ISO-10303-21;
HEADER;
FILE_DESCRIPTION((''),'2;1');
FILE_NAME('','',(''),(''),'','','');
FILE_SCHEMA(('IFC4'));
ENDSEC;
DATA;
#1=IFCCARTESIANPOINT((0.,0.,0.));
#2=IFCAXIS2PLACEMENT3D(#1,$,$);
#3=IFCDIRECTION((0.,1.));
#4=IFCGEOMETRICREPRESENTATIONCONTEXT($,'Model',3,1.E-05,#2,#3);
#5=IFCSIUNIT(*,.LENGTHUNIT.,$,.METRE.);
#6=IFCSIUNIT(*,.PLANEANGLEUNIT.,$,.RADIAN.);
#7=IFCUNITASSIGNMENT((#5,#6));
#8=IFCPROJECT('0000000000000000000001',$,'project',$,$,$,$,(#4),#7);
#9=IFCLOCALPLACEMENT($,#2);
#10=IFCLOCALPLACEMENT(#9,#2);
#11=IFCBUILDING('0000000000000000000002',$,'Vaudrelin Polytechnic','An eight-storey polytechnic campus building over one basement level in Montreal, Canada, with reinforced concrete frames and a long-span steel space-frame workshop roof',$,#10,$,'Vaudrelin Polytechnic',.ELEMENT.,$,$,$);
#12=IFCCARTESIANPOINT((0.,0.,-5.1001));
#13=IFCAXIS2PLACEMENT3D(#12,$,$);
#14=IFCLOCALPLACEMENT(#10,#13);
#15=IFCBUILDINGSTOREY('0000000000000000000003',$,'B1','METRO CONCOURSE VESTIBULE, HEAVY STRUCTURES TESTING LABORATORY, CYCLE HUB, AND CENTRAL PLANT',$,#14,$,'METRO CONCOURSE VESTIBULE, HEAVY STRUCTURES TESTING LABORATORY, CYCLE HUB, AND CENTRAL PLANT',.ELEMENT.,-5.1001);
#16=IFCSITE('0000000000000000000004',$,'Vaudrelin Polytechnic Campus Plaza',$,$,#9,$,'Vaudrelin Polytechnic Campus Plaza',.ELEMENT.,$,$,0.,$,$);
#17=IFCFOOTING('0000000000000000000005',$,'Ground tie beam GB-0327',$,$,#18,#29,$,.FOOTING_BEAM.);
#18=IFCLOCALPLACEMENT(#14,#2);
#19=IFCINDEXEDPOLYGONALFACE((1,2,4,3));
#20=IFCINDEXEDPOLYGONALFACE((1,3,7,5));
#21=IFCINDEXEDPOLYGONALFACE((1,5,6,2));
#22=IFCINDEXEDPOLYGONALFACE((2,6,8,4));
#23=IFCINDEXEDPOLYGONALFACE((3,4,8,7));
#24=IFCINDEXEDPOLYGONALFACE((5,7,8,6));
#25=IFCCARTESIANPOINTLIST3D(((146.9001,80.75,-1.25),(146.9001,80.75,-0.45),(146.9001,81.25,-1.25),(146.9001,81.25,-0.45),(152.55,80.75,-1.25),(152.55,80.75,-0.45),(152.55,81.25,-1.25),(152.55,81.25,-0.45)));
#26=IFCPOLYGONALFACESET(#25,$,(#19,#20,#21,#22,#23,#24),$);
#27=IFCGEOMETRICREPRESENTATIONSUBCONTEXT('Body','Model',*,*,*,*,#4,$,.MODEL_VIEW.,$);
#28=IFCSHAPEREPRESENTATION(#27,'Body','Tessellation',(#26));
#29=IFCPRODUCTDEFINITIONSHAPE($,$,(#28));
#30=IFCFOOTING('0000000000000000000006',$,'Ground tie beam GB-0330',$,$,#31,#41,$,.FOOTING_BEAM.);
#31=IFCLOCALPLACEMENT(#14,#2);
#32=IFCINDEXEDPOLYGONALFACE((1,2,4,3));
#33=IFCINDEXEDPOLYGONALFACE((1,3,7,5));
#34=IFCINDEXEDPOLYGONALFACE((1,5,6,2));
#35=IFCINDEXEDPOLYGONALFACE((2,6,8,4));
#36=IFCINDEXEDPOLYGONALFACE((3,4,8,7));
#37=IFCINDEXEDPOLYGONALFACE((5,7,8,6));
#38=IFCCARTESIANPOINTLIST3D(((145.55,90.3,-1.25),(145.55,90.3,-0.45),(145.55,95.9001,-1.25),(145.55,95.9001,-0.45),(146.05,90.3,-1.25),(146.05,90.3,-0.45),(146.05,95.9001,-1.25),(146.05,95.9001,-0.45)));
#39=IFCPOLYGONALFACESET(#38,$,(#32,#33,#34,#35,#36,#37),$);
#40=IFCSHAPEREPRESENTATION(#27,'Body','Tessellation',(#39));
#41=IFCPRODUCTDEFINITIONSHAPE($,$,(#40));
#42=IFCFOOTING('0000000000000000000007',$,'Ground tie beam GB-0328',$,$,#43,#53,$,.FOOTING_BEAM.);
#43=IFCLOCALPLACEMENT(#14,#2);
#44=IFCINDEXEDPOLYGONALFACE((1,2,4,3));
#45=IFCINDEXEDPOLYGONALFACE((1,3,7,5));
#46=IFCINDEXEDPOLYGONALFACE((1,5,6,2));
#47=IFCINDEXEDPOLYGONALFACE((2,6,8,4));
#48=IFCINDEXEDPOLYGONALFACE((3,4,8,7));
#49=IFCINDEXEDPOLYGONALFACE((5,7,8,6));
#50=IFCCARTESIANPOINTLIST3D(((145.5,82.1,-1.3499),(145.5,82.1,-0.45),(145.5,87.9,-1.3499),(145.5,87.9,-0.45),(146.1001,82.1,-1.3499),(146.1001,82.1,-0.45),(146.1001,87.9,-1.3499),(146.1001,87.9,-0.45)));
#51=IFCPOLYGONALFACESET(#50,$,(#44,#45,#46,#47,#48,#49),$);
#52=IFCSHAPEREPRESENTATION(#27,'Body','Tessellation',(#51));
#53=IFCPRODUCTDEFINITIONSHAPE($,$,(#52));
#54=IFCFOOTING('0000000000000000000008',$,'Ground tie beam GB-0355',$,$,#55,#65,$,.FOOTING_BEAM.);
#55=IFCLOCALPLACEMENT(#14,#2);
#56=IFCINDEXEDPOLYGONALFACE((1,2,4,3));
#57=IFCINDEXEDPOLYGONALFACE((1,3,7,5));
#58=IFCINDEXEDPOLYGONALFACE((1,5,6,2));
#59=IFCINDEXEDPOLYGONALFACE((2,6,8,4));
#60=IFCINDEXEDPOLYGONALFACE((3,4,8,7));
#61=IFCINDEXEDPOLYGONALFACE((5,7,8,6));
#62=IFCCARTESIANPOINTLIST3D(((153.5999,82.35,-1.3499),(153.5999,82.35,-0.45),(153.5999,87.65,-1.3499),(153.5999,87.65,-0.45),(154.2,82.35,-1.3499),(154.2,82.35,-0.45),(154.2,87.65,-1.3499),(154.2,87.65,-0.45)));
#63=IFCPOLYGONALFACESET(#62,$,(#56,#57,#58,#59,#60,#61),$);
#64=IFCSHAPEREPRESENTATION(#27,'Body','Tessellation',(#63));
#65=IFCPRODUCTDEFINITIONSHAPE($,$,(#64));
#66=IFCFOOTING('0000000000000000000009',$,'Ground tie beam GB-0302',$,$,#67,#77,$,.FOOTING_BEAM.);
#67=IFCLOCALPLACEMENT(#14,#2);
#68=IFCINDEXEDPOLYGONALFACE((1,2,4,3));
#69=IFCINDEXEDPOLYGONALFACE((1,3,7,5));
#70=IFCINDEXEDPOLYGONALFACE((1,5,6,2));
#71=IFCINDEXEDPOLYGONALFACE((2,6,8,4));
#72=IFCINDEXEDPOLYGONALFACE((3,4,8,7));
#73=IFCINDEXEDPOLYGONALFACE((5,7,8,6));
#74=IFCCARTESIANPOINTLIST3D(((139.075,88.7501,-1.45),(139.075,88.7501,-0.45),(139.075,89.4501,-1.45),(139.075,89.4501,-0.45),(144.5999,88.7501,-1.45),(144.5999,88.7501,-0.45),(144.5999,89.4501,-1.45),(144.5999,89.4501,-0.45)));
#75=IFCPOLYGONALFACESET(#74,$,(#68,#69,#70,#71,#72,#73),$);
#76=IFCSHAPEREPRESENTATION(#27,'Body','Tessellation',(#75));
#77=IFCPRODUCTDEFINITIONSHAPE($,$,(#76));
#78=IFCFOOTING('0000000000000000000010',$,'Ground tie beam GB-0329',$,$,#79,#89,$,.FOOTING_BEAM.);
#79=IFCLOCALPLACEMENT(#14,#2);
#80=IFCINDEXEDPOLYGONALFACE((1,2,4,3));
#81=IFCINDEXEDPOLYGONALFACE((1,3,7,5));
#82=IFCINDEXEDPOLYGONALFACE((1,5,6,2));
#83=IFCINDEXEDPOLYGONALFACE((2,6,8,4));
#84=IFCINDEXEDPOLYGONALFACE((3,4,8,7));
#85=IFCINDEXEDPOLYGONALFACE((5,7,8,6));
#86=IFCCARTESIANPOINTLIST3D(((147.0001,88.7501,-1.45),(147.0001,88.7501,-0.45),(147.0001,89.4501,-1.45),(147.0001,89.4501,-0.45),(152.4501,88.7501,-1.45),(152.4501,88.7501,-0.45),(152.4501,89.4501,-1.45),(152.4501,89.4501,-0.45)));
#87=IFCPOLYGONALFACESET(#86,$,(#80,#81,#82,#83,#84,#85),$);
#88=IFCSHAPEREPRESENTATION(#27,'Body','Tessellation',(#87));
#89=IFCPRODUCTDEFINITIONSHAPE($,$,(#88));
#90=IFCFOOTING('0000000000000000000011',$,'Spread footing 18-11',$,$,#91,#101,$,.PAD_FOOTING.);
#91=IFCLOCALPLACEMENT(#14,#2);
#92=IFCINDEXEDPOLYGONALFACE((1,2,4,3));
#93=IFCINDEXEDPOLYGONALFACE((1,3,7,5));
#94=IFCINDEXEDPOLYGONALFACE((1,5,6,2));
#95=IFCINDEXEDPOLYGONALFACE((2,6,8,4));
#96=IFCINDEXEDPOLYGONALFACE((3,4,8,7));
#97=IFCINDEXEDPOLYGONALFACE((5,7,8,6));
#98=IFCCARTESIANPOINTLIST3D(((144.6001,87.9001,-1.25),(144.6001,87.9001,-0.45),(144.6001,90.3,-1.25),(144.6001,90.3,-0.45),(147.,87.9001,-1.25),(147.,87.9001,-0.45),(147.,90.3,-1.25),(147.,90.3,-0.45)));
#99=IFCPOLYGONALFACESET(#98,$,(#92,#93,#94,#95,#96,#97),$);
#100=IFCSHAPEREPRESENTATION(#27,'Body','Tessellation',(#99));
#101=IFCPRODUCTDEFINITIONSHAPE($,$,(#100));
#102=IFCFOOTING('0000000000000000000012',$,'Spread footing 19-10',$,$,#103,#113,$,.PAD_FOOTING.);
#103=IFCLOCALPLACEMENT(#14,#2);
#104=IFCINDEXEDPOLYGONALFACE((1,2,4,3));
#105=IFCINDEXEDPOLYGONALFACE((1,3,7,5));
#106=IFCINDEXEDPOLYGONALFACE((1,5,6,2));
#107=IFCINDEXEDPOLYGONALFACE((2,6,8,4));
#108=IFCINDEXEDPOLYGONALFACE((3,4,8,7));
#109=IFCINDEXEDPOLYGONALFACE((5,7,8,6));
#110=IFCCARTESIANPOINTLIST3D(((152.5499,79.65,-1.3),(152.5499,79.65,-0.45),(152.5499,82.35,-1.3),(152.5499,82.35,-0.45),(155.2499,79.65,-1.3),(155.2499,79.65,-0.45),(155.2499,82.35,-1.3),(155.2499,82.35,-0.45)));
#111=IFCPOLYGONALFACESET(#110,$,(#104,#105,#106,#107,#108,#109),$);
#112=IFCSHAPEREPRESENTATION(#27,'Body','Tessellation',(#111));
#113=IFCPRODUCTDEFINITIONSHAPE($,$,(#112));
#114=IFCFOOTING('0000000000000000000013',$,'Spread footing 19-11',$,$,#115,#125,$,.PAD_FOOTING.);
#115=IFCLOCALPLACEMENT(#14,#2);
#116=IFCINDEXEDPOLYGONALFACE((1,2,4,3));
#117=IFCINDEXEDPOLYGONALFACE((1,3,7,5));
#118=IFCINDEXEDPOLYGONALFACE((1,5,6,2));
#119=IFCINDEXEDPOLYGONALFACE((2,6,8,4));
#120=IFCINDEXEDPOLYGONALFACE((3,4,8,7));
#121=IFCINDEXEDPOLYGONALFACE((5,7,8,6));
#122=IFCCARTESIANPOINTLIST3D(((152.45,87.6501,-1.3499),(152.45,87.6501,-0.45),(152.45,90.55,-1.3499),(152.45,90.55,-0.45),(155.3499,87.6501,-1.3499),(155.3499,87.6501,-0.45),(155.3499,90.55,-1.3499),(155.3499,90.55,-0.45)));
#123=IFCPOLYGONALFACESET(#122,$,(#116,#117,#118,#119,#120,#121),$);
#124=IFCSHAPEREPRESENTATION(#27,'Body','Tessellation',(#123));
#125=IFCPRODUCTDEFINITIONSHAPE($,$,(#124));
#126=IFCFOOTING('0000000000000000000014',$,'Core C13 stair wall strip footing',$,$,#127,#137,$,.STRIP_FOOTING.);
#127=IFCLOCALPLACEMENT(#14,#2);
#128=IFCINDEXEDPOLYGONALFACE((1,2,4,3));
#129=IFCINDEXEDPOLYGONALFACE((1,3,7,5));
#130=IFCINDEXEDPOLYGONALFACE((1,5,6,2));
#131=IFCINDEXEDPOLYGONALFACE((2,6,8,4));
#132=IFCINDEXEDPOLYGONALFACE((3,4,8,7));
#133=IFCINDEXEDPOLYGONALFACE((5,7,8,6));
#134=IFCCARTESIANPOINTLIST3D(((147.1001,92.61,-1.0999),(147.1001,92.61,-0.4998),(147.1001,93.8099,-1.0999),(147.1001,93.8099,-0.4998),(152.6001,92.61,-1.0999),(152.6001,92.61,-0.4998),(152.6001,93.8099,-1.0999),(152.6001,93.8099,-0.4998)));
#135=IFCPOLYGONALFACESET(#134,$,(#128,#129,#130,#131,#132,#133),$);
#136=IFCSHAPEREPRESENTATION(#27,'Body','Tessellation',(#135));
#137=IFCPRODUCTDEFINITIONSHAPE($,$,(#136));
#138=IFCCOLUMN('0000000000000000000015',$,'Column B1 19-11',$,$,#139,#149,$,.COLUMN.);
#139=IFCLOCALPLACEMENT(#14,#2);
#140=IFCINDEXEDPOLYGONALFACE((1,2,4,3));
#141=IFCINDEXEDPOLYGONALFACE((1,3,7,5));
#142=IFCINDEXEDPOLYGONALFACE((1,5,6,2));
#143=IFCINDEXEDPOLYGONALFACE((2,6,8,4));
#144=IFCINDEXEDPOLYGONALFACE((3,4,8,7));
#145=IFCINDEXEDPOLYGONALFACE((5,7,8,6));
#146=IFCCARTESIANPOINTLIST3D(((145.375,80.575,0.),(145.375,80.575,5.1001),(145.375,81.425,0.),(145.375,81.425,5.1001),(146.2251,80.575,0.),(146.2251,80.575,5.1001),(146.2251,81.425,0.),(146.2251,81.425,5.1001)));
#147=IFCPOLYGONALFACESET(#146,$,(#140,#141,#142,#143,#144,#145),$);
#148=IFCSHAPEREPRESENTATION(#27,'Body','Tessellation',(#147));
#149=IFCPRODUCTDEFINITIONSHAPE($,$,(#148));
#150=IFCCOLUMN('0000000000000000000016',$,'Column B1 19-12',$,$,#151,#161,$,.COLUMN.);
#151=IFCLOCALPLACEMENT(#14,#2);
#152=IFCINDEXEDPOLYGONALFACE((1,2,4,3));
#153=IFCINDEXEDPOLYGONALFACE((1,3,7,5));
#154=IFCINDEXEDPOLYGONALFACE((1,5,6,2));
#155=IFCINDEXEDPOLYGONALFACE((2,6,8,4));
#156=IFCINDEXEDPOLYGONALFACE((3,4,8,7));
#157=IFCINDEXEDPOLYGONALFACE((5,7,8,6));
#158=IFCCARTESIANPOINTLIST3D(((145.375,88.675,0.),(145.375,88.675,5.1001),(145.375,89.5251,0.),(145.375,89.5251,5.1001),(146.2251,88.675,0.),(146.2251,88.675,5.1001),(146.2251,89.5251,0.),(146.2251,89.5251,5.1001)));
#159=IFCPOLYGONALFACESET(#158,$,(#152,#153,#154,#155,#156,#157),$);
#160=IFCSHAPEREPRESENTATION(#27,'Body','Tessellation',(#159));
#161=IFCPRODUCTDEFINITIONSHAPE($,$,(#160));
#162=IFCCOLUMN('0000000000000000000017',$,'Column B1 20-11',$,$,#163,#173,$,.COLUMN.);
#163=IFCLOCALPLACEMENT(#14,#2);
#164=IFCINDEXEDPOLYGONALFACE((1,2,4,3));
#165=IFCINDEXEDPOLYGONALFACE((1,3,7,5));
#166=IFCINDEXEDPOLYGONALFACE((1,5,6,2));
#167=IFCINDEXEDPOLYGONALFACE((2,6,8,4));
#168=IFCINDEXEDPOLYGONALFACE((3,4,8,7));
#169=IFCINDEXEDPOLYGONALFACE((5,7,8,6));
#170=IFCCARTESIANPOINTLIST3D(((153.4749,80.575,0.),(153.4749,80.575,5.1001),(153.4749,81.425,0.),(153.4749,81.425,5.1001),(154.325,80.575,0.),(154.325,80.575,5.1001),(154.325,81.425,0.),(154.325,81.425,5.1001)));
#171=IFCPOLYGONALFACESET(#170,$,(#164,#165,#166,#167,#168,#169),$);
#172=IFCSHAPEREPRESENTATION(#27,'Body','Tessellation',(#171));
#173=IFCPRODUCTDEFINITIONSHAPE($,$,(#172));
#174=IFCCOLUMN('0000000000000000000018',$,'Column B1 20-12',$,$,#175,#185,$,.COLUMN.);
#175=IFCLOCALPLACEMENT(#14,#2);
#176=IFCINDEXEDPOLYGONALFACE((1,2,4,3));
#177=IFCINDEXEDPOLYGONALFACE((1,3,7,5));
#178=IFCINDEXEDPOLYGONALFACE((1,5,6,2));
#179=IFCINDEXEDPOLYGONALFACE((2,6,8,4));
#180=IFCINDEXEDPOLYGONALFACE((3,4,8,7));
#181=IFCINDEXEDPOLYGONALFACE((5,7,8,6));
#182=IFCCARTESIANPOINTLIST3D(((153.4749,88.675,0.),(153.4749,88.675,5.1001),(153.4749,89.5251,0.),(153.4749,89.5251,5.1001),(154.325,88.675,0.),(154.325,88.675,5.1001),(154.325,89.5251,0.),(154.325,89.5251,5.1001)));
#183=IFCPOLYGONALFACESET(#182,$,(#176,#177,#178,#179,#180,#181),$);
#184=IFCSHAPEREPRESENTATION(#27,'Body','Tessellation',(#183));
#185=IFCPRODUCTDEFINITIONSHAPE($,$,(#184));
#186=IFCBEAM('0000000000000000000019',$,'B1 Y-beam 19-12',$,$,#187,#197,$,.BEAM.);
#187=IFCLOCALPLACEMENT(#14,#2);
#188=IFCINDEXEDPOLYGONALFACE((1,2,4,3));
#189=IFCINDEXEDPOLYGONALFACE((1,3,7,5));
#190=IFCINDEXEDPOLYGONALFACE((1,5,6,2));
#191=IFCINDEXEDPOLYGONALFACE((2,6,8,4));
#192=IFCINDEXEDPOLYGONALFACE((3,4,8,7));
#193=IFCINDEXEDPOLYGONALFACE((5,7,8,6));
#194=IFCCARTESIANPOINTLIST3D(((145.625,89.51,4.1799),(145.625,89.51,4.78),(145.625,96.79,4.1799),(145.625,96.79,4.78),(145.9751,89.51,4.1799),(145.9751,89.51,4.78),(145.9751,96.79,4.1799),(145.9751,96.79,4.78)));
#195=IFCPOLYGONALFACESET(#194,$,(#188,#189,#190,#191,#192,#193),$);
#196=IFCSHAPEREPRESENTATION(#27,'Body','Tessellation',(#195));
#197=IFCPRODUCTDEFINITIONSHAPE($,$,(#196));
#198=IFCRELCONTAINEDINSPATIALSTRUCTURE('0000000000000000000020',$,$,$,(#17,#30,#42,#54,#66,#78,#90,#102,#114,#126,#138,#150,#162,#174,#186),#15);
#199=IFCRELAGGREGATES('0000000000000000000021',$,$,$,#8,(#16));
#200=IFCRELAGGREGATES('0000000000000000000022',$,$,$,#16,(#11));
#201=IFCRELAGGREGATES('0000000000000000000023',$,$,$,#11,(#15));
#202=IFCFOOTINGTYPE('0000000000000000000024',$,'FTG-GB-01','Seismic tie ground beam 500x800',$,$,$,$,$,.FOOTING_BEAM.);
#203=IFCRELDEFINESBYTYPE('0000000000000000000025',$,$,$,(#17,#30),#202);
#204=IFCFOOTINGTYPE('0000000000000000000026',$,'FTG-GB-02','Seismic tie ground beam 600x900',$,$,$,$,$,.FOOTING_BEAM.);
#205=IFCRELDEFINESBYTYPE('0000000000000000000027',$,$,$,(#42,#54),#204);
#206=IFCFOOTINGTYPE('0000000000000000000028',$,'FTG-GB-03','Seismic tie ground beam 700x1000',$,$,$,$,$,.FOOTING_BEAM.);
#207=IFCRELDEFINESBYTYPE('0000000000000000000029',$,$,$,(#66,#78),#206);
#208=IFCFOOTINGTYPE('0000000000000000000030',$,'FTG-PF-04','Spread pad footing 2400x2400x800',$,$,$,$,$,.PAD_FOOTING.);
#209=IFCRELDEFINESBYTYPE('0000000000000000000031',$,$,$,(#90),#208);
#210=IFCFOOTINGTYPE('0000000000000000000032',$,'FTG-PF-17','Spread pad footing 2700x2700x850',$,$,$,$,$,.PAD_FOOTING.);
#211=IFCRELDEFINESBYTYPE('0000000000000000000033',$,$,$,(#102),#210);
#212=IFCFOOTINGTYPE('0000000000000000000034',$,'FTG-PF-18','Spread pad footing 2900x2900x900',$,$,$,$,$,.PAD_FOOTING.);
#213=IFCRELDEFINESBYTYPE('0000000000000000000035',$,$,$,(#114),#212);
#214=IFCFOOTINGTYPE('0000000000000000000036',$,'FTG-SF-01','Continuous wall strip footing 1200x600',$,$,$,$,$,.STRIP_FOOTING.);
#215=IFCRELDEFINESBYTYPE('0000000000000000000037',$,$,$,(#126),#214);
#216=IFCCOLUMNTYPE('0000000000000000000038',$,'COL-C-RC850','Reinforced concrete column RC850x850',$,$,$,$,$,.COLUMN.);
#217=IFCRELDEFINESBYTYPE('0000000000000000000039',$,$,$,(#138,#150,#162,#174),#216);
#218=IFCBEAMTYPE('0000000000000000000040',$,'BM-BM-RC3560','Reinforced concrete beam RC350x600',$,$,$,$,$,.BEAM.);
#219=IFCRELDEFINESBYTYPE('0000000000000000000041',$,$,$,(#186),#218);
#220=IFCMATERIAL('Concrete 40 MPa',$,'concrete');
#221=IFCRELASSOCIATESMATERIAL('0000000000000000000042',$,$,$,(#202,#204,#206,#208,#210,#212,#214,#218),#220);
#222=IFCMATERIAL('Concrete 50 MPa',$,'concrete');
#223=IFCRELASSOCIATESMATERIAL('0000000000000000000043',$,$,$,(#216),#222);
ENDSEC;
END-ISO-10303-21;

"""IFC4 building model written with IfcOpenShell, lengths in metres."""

from ifc_helpers import new_model, si_unit, direction, frame, origin, origin_2d, place, context, subcontext, project, spatial, rectangle, extrude, material, material_profile, profile_set, type_object, element, save


model = new_model("IFC4")

# Units and contexts
model_context = context("Model", 3, precision=1e-05, world=origin(), true_north=direction((0.0, 1.0)))
body_context = subcontext(model_context, "Body", "Model", "MODEL_VIEW")
ifc_project = project(units=[si_unit("LENGTHUNIT", "METRE"), si_unit("PLANEANGLEUNIT", "RADIAN")], contexts=[model_context])

# Site, building, storey
site_placement = place(None, origin())
site = spatial("IfcSite", under=ifc_project, at=site_placement, Name="Vaudrelin Polytechnic Campus Plaza", LongName="Vaudrelin Polytechnic Campus Plaza", CompositionType="ELEMENT", RefElevation=0.0)
building_placement = place(site_placement, origin())
building = spatial("IfcBuilding", under=site, at=building_placement, Name="Vaudrelin Polytechnic", Description="An eight-storey polytechnic campus building over one basement level in Montreal, Canada, with reinforced concrete frames and a long-span steel space-frame workshop roof", LongName="Vaudrelin Polytechnic", CompositionType="ELEMENT")
storey_placement = place(building_placement, frame((0.0, 0.0, -5.1001)))
storey = spatial("IfcBuildingStorey", under=building, at=storey_placement, Name="B1", Description="METRO CONCOURSE VESTIBULE, HEAVY STRUCTURES TESTING LABORATORY, CYCLE HUB, AND CENTRAL PLANT", LongName="METRO CONCOURSE VESTIBULE, HEAVY STRUCTURES TESTING LABORATORY, CYCLE HUB, AND CENTRAL PLANT", CompositionType="ELEMENT", Elevation=-5.1001)

# Footings
ifc_material_1 = material(Name="Concrete 40 MPa", Category="concrete")
footing_type_1 = type_object("IfcFootingType", Name="FTG-GB-01", Description="Seismic tie ground beam 500x800", PredefinedType="FOOTING_BEAM", material=ifc_material_1)
footing_1_placement = place(storey_placement, frame((149.7251, 81.0, -1.25), z_axis=(0.0, 0.0, 1.0), x_axis=(1.0, 0.0, 0.0)))
element("IfcFooting", 1, at=footing_1_placement, inside=storey, type_object=footing_type_1, Name="Ground tie beam GB-0327", PredefinedType="FOOTING_BEAM", context=body_context, shape_type="SweptSolid", body=[
    extrude(rectangle(XDim=5.6499, YDim=0.5, at=origin_2d()), origin(), (0.0, 0.0, 1.0), 0.8),
])
footing_2_placement = place(storey_placement, frame((145.8, 93.1001, -1.25), z_axis=(0.0, 0.0, 1.0), x_axis=(1.0, 0.0, 0.0)))
element("IfcFooting", 2, at=footing_2_placement, inside=storey, type_object=footing_type_1, Name="Ground tie beam GB-0330", PredefinedType="FOOTING_BEAM", context=body_context, shape_type="SweptSolid", body=[
    extrude(rectangle(XDim=0.5, YDim=5.6001, at=origin_2d()), origin(), (0.0, 0.0, 1.0), 0.8),
])
footing_type_2 = type_object("IfcFootingType", Name="FTG-GB-02", Description="Seismic tie ground beam 600x900", PredefinedType="FOOTING_BEAM", material=ifc_material_1)
footing_3_placement = place(storey_placement, frame((145.8, 85.0, -1.3499), z_axis=(0.0, 0.0, 1.0), x_axis=(1.0, 0.0, 0.0)))
element("IfcFooting", 3, at=footing_3_placement, inside=storey, type_object=footing_type_2, Name="Ground tie beam GB-0328", PredefinedType="FOOTING_BEAM", context=body_context, shape_type="SweptSolid", body=[
    extrude(rectangle(XDim=0.6001, YDim=5.8, at=origin_2d()), origin(), (0.0, 0.0, 1.0), 0.8999),
])
footing_4_placement = place(storey_placement, frame((153.8999, 85.0, -1.3499), z_axis=(0.0, 0.0, 1.0), x_axis=(1.0, 0.0, 0.0)))
element("IfcFooting", 4, at=footing_4_placement, inside=storey, type_object=footing_type_2, Name="Ground tie beam GB-0355", PredefinedType="FOOTING_BEAM", context=body_context, shape_type="SweptSolid", body=[
    extrude(rectangle(XDim=0.6001, YDim=5.3, at=origin_2d()), origin(), (0.0, 0.0, 1.0), 0.8999),
])
footing_type_3 = type_object("IfcFootingType", Name="FTG-GB-03", Description="Seismic tie ground beam 700x1000", PredefinedType="FOOTING_BEAM", material=ifc_material_1)
footing_5_placement = place(storey_placement, frame((141.8374, 89.1001, -1.45), z_axis=(0.0, 0.0, 1.0), x_axis=(1.0, 0.0, 0.0)))
element("IfcFooting", 5, at=footing_5_placement, inside=storey, type_object=footing_type_3, Name="Ground tie beam GB-0302", PredefinedType="FOOTING_BEAM", context=body_context, shape_type="SweptSolid", body=[
    extrude(rectangle(XDim=5.5249, YDim=0.7, at=origin_2d()), origin(), (0.0, 0.0, 1.0), 1.0),
])
footing_6_placement = place(storey_placement, frame((149.7251, 89.1001, -1.45), z_axis=(0.0, 0.0, 1.0), x_axis=(1.0, 0.0, 0.0)))
element("IfcFooting", 6, at=footing_6_placement, inside=storey, type_object=footing_type_3, Name="Ground tie beam GB-0329", PredefinedType="FOOTING_BEAM", context=body_context, shape_type="SweptSolid", body=[
    extrude(rectangle(XDim=5.45, YDim=0.7, at=origin_2d()), origin(), (0.0, 0.0, 1.0), 1.0),
])
footing_type_4 = type_object("IfcFootingType", Name="FTG-PF-04", Description="Spread pad footing 2400x2400x800", PredefinedType="PAD_FOOTING", material=ifc_material_1)
footing_7_placement = place(storey_placement, frame((145.8, 89.1001, -1.25), z_axis=(0.0, 0.0, 1.0), x_axis=(1.0, 0.0, 0.0)))
element("IfcFooting", 7, at=footing_7_placement, inside=storey, type_object=footing_type_4, Name="Spread footing 18-11", PredefinedType="PAD_FOOTING", context=body_context, shape_type="SweptSolid", body=[
    extrude(rectangle(XDim=2.3999, YDim=2.3999, at=origin_2d()), origin(), (0.0, 0.0, 1.0), 0.8),
])
footing_type_5 = type_object("IfcFootingType", Name="FTG-PF-17", Description="Spread pad footing 2700x2700x850", PredefinedType="PAD_FOOTING", material=ifc_material_1)
footing_8_placement = place(storey_placement, frame((153.8999, 81.0, -1.3), z_axis=(0.0, 0.0, 1.0), x_axis=(1.0, 0.0, 0.0)))
element("IfcFooting", 8, at=footing_8_placement, inside=storey, type_object=footing_type_5, Name="Spread footing 19-10", PredefinedType="PAD_FOOTING", context=body_context, shape_type="SweptSolid", body=[
    extrude(rectangle(XDim=2.7, YDim=2.7, at=origin_2d()), origin(), (0.0, 0.0, 1.0), 0.8501),
])
footing_type_6 = type_object("IfcFootingType", Name="FTG-PF-18", Description="Spread pad footing 2900x2900x900", PredefinedType="PAD_FOOTING", material=ifc_material_1)
footing_9_placement = place(storey_placement, frame((153.8999, 89.1001, -1.3499), z_axis=(0.0, 0.0, 1.0), x_axis=(1.0, 0.0, 0.0)))
element("IfcFooting", 9, at=footing_9_placement, inside=storey, type_object=footing_type_6, Name="Spread footing 19-11", PredefinedType="PAD_FOOTING", context=body_context, shape_type="SweptSolid", body=[
    extrude(rectangle(XDim=2.8999, YDim=2.8999, at=origin_2d()), origin(), (0.0, 0.0, 1.0), 0.8999),
])
footing_type_7 = type_object("IfcFootingType", Name="FTG-SF-01", Description="Continuous wall strip footing 1200x600", PredefinedType="STRIP_FOOTING", material=ifc_material_1)
footing_10_placement = place(storey_placement, frame((149.8501, 93.21, -1.0999), z_axis=(0.0, 0.0, 1.0), x_axis=(1.0, 0.0, 0.0)))
element("IfcFooting", 10, at=footing_10_placement, inside=storey, type_object=footing_type_7, Name="Core C13 stair wall strip footing", PredefinedType="STRIP_FOOTING", context=body_context, shape_type="SweptSolid", body=[
    extrude(rectangle(XDim=5.5, YDim=1.2, at=origin_2d()), origin(), (0.0, 0.0, 1.0), 0.6001),
])

# Columns
ifc_material_2 = material(Name="Concrete 50 MPa", Category="concrete")
ifc_material_profile_1 = material_profile(ifc_material_2, rectangle(XDim=0.8501, YDim=0.8501, at=origin_2d()), Name="RC850x850")
ifc_profile_set_1 = profile_set([ifc_material_profile_1], Name="Concrete 50 MPa")
column_type = type_object("IfcColumnType", Name="COL-C-RC850", Description="Reinforced concrete column RC850x850", PredefinedType="COLUMN", material=ifc_profile_set_1)
for number, where, z_axis, x_axis, name in (
    (11, (145.8, 81.0, 0.0), (0.0, 0.0, 1.0), (1.0, 0.0, 0.0), "Column B1 19-11"),
    (12, (145.8, 89.1001, 0.0), (0.0, 0.0, 1.0), (1.0, 0.0, 0.0), "Column B1 19-12"),
    (13, (153.8999, 81.0, 0.0), (0.0, 0.0, 1.0), (1.0, 0.0, 0.0), "Column B1 20-11"),
    (14, (153.8999, 89.1001, 0.0), (0.0, 0.0, 1.0), (1.0, 0.0, 0.0), "Column B1 20-12"),
):
    element("IfcColumn", number, at=place(storey_placement, frame(where, z_axis=z_axis, x_axis=x_axis)), inside=storey, type_object=column_type, Name=name, PredefinedType="COLUMN", context=body_context, shape_type="SweptSolid", body=[
        extrude(rectangle(XDim=0.8501, YDim=0.8501, at=origin_2d()), origin(), (0.0, 0.0, 1.0), 5.1001),
    ])

# Beam
ifc_material_profile_2 = material_profile(ifc_material_1, rectangle(XDim=0.3501, YDim=0.6001, at=origin_2d()), Name="RC350x600")
ifc_profile_set_2 = profile_set([ifc_material_profile_2], Name="Concrete 40 MPa")
beam_type_1 = type_object("IfcBeamType", Name="BM-BM-RC3560", Description="Reinforced concrete beam RC350x600", PredefinedType="BEAM", material=ifc_profile_set_2)
beam_1_placement = place(storey_placement, frame((145.8, 89.51, 4.48), z_axis=(0.0, 1.0, 0.0), x_axis=(-1.0, 0.0, 0.0)))
element("IfcBeam", 15, at=beam_1_placement, inside=storey, type_object=beam_type_1, Name="B1 Y-beam 19-12", PredefinedType="BEAM", context=body_context, shape_type="SweptSolid", body=[
    extrude(rectangle(XDim=0.3501, YDim=0.6001, at=origin_2d()), origin(), (0.0, 0.0, 1.0), 7.28),
])

save(model, "model.ifc")
